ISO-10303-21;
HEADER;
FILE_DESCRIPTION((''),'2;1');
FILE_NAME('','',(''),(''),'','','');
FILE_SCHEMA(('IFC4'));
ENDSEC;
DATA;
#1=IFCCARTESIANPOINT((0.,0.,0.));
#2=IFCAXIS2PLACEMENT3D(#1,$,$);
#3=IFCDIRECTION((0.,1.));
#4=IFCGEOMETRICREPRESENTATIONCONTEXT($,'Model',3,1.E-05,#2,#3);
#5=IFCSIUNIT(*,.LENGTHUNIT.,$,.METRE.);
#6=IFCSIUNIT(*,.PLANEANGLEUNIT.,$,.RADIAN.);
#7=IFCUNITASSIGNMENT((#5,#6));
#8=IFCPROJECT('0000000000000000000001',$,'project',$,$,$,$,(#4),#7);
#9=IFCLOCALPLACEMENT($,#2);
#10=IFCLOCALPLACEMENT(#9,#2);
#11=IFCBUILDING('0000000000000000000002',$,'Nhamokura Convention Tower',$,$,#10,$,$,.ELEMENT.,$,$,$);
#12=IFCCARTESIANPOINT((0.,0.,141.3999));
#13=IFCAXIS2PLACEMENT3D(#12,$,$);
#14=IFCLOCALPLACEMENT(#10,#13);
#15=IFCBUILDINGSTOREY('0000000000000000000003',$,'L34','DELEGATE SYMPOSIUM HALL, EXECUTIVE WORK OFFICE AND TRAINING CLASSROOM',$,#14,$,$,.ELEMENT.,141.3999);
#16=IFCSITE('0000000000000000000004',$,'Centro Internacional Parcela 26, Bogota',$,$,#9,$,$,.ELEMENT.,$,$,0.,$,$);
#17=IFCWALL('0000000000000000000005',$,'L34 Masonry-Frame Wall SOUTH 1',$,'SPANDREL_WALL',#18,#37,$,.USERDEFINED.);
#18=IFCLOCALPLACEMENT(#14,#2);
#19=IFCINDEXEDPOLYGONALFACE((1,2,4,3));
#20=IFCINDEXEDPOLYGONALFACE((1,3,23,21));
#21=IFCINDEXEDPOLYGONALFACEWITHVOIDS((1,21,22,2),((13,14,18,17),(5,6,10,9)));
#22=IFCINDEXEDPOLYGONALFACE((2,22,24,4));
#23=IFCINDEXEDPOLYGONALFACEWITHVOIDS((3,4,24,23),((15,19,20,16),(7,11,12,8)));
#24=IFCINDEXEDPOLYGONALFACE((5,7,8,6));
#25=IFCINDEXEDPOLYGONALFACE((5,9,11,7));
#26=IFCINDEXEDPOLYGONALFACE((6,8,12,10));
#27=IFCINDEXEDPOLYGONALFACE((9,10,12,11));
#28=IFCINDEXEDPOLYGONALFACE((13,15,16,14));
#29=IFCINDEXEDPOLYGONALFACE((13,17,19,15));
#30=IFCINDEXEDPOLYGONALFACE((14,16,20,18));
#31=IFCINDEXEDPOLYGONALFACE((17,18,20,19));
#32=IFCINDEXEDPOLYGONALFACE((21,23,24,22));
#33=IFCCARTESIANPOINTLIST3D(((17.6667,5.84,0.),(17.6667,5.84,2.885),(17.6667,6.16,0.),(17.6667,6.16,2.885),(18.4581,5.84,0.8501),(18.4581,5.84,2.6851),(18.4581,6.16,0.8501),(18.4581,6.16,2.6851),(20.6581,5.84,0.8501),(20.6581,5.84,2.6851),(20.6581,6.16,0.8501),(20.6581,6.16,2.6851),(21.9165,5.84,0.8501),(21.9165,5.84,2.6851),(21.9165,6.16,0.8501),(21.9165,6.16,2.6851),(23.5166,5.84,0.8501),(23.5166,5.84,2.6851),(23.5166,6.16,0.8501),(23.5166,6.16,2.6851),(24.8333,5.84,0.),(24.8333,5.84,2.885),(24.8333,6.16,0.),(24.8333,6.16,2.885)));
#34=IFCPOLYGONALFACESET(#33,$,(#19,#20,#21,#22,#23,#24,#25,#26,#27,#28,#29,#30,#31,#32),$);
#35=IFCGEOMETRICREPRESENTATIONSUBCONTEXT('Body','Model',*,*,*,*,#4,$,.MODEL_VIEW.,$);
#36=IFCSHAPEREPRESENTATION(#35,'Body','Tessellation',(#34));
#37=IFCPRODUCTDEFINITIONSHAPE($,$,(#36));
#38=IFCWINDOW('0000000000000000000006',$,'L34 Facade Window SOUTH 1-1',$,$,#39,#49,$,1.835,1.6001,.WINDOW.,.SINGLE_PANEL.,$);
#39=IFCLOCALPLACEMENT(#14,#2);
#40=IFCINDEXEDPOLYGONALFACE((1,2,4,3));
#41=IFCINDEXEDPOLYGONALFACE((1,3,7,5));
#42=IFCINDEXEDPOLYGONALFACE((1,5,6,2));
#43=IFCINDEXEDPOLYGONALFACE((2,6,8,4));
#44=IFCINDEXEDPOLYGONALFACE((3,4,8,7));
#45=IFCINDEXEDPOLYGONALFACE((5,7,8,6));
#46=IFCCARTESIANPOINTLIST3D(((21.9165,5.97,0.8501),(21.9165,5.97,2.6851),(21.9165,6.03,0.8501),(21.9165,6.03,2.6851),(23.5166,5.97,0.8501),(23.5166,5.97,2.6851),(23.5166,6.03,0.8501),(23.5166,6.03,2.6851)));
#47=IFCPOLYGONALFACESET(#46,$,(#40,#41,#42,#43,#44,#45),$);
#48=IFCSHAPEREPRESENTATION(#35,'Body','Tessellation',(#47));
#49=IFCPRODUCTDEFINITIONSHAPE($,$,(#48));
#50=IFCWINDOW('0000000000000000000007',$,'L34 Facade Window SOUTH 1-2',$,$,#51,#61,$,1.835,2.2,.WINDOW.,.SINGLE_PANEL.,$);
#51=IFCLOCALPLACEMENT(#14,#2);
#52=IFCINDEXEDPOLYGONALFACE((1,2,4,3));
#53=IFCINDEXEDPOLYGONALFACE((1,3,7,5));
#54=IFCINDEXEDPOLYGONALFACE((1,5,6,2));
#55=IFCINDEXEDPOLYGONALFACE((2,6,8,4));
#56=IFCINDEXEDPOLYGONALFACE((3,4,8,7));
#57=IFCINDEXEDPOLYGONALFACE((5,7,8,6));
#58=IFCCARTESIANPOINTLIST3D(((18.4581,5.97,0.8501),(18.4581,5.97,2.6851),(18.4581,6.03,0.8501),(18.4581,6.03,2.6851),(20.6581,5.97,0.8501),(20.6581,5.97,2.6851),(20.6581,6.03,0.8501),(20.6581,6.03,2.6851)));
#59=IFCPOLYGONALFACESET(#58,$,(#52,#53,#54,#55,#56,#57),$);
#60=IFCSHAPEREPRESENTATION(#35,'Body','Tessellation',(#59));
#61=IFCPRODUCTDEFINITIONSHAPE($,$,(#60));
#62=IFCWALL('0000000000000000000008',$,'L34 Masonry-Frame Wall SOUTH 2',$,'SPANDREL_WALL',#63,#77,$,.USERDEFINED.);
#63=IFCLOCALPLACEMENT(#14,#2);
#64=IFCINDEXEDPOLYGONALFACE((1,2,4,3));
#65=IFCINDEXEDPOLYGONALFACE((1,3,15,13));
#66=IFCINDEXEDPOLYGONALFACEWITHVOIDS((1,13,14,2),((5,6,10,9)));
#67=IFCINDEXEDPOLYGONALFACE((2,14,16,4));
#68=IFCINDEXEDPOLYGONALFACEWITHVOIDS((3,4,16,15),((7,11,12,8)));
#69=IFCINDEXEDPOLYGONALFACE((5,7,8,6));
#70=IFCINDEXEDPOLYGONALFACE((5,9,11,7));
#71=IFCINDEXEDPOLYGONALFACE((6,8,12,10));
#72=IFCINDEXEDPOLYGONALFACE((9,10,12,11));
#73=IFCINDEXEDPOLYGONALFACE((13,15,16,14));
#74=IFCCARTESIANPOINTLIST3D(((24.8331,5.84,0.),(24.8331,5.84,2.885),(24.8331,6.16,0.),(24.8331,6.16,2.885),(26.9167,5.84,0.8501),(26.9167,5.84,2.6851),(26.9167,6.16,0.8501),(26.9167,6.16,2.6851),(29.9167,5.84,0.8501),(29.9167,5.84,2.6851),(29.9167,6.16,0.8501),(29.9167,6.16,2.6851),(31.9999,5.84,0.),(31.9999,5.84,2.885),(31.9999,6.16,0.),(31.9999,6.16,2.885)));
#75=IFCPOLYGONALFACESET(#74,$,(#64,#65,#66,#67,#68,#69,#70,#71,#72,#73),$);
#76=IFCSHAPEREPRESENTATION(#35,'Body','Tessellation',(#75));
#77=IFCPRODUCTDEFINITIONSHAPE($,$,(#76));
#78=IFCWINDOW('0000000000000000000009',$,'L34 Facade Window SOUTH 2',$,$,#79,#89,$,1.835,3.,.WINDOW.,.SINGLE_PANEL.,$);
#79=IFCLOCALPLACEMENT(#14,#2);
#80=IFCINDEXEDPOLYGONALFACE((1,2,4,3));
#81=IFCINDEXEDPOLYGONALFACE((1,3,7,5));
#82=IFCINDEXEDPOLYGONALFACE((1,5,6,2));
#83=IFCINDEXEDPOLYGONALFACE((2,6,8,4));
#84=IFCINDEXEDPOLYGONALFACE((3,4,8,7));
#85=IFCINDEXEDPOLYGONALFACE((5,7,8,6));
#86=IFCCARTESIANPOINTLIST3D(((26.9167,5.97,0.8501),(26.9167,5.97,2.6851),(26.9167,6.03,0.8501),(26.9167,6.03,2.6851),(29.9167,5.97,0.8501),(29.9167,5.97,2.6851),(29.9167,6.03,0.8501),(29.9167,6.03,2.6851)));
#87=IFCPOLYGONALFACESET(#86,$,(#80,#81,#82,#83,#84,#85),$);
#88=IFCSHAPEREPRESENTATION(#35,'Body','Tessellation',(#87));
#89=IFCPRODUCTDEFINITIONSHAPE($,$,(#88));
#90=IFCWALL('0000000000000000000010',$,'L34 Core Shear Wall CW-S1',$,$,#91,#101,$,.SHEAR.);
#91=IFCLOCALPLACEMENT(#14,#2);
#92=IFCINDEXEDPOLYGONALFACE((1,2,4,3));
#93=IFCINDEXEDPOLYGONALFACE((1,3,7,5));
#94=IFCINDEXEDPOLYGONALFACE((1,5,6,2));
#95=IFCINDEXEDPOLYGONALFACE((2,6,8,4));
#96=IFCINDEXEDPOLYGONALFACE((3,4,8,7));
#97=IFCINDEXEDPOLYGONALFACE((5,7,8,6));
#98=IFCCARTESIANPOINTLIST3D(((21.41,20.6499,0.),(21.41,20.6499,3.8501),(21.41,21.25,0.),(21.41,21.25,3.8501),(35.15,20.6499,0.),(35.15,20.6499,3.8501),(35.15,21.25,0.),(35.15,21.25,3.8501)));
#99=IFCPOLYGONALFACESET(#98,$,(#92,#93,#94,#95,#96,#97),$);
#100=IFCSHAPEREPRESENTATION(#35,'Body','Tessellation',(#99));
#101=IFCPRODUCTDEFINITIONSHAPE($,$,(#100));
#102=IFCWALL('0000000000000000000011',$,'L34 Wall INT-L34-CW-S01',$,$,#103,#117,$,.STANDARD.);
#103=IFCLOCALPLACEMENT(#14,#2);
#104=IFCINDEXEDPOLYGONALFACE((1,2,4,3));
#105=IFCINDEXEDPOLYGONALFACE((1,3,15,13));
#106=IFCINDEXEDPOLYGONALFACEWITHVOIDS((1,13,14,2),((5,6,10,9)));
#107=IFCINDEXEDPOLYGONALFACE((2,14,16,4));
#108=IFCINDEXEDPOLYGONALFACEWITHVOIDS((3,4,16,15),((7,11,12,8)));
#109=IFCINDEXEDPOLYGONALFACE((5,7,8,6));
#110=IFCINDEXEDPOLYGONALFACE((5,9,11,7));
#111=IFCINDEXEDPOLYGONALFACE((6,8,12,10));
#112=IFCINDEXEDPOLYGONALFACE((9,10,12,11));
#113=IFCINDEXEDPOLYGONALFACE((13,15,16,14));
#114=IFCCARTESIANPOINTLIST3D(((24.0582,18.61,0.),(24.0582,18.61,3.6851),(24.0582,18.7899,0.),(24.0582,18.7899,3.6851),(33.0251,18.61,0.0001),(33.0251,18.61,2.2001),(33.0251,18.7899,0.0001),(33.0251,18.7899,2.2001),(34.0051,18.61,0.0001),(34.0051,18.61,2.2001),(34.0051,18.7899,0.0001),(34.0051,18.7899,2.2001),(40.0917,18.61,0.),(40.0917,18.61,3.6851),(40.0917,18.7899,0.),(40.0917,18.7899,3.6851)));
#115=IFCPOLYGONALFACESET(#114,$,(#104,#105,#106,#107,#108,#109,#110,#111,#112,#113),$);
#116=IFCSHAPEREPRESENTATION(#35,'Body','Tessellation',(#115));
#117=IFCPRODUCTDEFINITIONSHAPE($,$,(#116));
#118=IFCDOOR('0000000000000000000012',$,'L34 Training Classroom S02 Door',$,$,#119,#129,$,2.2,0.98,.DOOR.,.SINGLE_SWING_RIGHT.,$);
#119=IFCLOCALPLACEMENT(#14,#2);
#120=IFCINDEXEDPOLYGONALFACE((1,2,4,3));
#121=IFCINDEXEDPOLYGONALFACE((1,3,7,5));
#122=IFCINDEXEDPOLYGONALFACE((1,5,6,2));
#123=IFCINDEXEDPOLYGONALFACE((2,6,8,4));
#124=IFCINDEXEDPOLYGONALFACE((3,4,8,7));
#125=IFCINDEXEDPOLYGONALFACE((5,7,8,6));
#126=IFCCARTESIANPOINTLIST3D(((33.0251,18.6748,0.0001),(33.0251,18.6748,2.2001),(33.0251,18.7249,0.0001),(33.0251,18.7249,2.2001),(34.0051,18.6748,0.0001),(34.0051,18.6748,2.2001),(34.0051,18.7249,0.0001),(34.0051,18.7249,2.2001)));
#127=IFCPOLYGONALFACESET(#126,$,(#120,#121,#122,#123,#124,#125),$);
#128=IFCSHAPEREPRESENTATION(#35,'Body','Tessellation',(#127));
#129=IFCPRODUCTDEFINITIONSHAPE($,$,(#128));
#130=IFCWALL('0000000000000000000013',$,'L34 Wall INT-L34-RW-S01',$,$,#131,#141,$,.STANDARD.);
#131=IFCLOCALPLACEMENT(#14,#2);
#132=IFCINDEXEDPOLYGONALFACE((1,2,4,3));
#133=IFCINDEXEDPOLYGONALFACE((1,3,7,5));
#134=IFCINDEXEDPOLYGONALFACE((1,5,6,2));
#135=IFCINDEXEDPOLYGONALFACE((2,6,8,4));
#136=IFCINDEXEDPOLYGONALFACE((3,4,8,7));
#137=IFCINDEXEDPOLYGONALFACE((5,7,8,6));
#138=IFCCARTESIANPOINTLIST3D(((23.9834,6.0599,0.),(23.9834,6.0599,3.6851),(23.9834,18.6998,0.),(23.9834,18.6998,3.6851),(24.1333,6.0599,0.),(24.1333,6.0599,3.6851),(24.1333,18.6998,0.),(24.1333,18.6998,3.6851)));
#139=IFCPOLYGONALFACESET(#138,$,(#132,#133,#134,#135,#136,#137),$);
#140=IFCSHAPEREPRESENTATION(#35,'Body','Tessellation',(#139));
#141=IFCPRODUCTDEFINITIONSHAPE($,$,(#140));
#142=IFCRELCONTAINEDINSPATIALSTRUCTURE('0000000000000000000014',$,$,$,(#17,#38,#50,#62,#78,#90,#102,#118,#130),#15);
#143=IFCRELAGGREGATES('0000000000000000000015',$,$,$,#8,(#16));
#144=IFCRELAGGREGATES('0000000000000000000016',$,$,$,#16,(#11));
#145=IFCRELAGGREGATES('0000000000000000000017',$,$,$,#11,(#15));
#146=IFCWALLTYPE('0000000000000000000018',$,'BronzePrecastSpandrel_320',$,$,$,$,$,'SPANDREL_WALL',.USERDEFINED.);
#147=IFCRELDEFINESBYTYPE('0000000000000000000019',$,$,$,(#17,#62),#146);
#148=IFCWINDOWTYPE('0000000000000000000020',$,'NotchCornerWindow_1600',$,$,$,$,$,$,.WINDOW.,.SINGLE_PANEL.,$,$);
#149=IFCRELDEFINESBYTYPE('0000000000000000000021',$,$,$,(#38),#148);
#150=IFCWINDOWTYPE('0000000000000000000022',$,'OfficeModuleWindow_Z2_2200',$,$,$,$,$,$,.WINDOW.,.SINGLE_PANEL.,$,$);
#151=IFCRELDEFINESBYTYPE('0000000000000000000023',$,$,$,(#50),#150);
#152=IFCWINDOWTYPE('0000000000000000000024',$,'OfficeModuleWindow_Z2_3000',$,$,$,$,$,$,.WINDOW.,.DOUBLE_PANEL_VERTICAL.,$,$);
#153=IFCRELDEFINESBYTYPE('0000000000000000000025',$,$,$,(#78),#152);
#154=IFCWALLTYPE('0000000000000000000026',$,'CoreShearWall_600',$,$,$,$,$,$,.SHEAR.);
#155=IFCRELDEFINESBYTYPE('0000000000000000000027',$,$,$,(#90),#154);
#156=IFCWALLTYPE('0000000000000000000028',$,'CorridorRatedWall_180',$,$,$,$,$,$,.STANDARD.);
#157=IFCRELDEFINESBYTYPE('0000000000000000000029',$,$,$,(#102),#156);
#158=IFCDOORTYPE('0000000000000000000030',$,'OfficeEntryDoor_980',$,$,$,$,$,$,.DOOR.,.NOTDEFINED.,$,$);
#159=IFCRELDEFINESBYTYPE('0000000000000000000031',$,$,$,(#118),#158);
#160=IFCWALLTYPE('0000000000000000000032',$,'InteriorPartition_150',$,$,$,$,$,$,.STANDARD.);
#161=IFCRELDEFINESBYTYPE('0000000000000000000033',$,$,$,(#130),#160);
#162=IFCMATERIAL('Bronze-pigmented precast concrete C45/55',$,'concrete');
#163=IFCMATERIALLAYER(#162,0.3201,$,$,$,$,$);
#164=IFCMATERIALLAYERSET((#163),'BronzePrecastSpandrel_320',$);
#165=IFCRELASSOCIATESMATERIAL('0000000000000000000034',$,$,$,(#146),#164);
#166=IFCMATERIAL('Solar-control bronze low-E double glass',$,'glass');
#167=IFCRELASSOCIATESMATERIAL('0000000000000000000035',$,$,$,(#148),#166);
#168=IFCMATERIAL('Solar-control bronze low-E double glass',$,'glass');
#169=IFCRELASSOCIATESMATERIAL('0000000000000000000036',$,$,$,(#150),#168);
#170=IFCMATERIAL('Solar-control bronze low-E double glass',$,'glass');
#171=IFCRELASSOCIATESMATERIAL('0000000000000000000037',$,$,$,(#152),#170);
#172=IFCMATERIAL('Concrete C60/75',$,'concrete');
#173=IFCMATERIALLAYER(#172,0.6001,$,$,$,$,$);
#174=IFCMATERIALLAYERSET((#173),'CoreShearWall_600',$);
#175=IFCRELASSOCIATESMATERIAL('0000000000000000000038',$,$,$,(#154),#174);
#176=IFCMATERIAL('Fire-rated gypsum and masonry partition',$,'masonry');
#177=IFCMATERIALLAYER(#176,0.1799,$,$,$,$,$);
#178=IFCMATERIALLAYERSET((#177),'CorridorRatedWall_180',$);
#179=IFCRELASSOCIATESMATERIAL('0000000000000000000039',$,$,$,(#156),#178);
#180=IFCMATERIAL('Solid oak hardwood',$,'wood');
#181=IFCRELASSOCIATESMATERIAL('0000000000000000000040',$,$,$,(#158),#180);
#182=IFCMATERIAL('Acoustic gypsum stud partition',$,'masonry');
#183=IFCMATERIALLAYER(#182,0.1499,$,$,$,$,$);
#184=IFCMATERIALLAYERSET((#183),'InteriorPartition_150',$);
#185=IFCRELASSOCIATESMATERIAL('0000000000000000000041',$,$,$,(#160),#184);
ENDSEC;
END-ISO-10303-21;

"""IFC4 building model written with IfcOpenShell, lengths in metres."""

from ifc_helpers import new_model, si_unit, direction, frame, frame_2d, origin, place, context, subcontext, project, spatial, rectangle, extrude, material, layer, layer_set, type_object, element, fill, save


model = new_model("IFC4")

# Units and contexts
model_context = context("Model", 3, precision=1e-05, world=origin(), true_north=direction((0.0, 1.0)))
body_context = subcontext(model_context, "Body", "Model", "MODEL_VIEW")
ifc_project = project(units=[si_unit("LENGTHUNIT", "METRE"), si_unit("PLANEANGLEUNIT", "RADIAN")], contexts=[model_context])

# Site, building, storey
site_placement = place(None, origin())
site = spatial("IfcSite", under=ifc_project, at=site_placement, Name="Centro Internacional Parcela 26, Bogota", CompositionType="ELEMENT", RefElevation=0.0)
building_placement = place(site_placement, origin())
building = spatial("IfcBuilding", under=site, at=building_placement, Name="Nhamokura Convention Tower", CompositionType="ELEMENT")
storey_placement = place(building_placement, frame((0.0, 0.0, 141.3999)))
storey = spatial("IfcBuildingStorey", under=building, at=storey_placement, Name="L34", Description="DELEGATE SYMPOSIUM HALL, EXECUTIVE WORK OFFICE AND TRAINING CLASSROOM", CompositionType="ELEMENT", Elevation=141.3999)

# Wall, openings, windows
ifc_material_1 = material(Name="Bronze-pigmented precast concrete C45/55", Category="concrete")
ifc_layer_1 = layer(ifc_material_1, 0.3201)
ifc_layer_set_1 = layer_set([ifc_layer_1], Name="BronzePrecastSpandrel_320")
wall_type_1 = type_object("IfcWallType", Name="BronzePrecastSpandrel_320", ElementType="SPANDREL_WALL", PredefinedType="USERDEFINED", material=ifc_layer_set_1)
wall_1_placement = place(storey_placement, frame((24.8333, 6.0, 0.0), z_axis=(0.0, 0.0, 1.0), x_axis=(-1.0, 0.0, 0.0)))
wall_1 = element("IfcWall", 1, at=wall_1_placement, inside=storey, type_object=wall_type_1, Name="L34 Masonry-Frame Wall SOUTH 1", ObjectType="SPANDREL_WALL", PredefinedType="USERDEFINED", context=body_context, shape_type="SweptSolid", body=[
    extrude(rectangle(XDim=7.1665, YDim=0.3201, at=frame_2d((3.5833, 0.0))), origin(), (0.0, 0.0, 1.0), 2.885),
])
opening_1_placement = place(wall_1_placement, frame((1.3167, 0.0, 0.8501)))
opening_1 = element("IfcOpeningElement", 2, at=opening_1_placement, cuts=wall_1, PredefinedType="OPENING", context=body_context, shape_type="SweptSolid", body=[
    extrude(rectangle(XDim=1.6001, YDim=1.835, at=frame_2d((0.8, 0.9175))), frame((0.0, 0.1699, 0.0), z_axis=(0.0, -1.0, 0.0), x_axis=(1.0, 0.0, 0.0)), (0.0, 0.0, 1.0), 0.3401),
])
opening_2_placement = place(wall_1_placement, frame((4.175, 0.0, 0.8501)))
opening_2 = element("IfcOpeningElement", 3, at=opening_2_placement, cuts=wall_1, PredefinedType="OPENING", context=body_context, shape_type="SweptSolid", body=[
    extrude(rectangle(XDim=2.2, YDim=1.835, at=frame_2d((1.1001, 0.9175))), frame((0.0, 0.1699, 0.0), z_axis=(0.0, -1.0, 0.0), x_axis=(1.0, 0.0, 0.0)), (0.0, 0.0, 1.0), 0.3401),
])
ifc_material_2 = material(Name="Solar-control bronze low-E double glass", Category="glass")
window_type_1 = type_object("IfcWindowType", Name="NotchCornerWindow_1600", PartitioningType="SINGLE_PANEL", PredefinedType="WINDOW", material=ifc_material_2)
window_1_placement = place(opening_1_placement, origin())
window_1 = element("IfcWindow", 4, at=window_1_placement, inside=storey, type_object=window_type_1, Name="L34 Facade Window SOUTH 1-1", OverallHeight=1.835, OverallWidth=1.6001, PartitioningType="SINGLE_PANEL", PredefinedType="WINDOW", context=body_context, shape_type="SweptSolid", body=[
    extrude(rectangle(XDim=1.6001, YDim=1.835, at=frame_2d((0.8, 0.9175))), frame((0.0, 0.03, 0.0), z_axis=(0.0, -1.0, 0.0), x_axis=(1.0, 0.0, 0.0)), (0.0, 0.0, 1.0), 0.0601),
])
fill(opening_1, window_1)
ifc_material_3 = material(Name="Solar-control bronze low-E double glass", Category="glass")
window_type_2 = type_object("IfcWindowType", Name="OfficeModuleWindow_Z2_2200", PartitioningType="SINGLE_PANEL", PredefinedType="WINDOW", material=ifc_material_3)
window_2_placement = place(opening_2_placement, origin())
window_2 = element("IfcWindow", 5, at=window_2_placement, inside=storey, type_object=window_type_2, Name="L34 Facade Window SOUTH 1-2", OverallHeight=1.835, OverallWidth=2.2, PartitioningType="SINGLE_PANEL", PredefinedType="WINDOW", context=body_context, shape_type="SweptSolid", body=[
    extrude(rectangle(XDim=2.2, YDim=1.835, at=frame_2d((1.1001, 0.9175))), frame((0.0, 0.03, 0.0), z_axis=(0.0, -1.0, 0.0), x_axis=(1.0, 0.0, 0.0)), (0.0, 0.0, 1.0), 0.0601),
])
fill(opening_2, window_2)

# Wall, opening, window
wall_2_placement = place(storey_placement, frame((32.0, 6.0, 0.0), z_axis=(0.0, 0.0, 1.0), x_axis=(-1.0, 0.0, 0.0)))
wall_2 = element("IfcWall", 6, at=wall_2_placement, inside=storey, type_object=wall_type_1, Name="L34 Masonry-Frame Wall SOUTH 2", ObjectType="SPANDREL_WALL", PredefinedType="USERDEFINED", context=body_context, shape_type="SweptSolid", body=[
    extrude(rectangle(XDim=7.1667, YDim=0.3201, at=frame_2d((3.5835, 0.0))), origin(), (0.0, 0.0, 1.0), 2.885),
])
opening_3_placement = place(wall_2_placement, frame((2.0833, 0.0, 0.8501)))
opening_3 = element("IfcOpeningElement", 7, at=opening_3_placement, cuts=wall_2, PredefinedType="OPENING", context=body_context, shape_type="SweptSolid", body=[
    extrude(rectangle(XDim=3.0, YDim=1.835, at=frame_2d((1.5, 0.9175))), frame((0.0, 0.1699, 0.0), z_axis=(0.0, -1.0, 0.0), x_axis=(1.0, 0.0, 0.0)), (0.0, 0.0, 1.0), 0.3401),
])
ifc_material_4 = material(Name="Solar-control bronze low-E double glass", Category="glass")
window_type_3 = type_object("IfcWindowType", Name="OfficeModuleWindow_Z2_3000", PartitioningType="DOUBLE_PANEL_VERTICAL", PredefinedType="WINDOW", material=ifc_material_4)
window_3_placement = place(opening_3_placement, origin())
window_3 = element("IfcWindow", 8, at=window_3_placement, inside=storey, type_object=window_type_3, Name="L34 Facade Window SOUTH 2", OverallHeight=1.835, OverallWidth=3.0, PartitioningType="SINGLE_PANEL", PredefinedType="WINDOW", context=body_context, shape_type="SweptSolid", body=[
    extrude(rectangle(XDim=3.0, YDim=1.835, at=frame_2d((1.5, 0.9175))), frame((0.0, 0.03, 0.0), z_axis=(0.0, -1.0, 0.0), x_axis=(1.0, 0.0, 0.0)), (0.0, 0.0, 1.0), 0.0601),
])
fill(opening_3, window_3)

# Shared definitions
ifc_material_5 = material(Name="Concrete C60/75", Category="concrete")
ifc_layer_2 = layer(ifc_material_5, 0.6001)
ifc_layer_set_2 = layer_set([ifc_layer_2], Name="CoreShearWall_600")
wall_type_2 = type_object("IfcWallType", Name="CoreShearWall_600", PredefinedType="SHEAR", material=ifc_layer_set_2)

# Wall
wall_3_placement = place(storey_placement, frame((21.4099, 20.95, 0.0), z_axis=(0.0, 0.0, 1.0), x_axis=(1.0, 0.0, 0.0)))
element("IfcWall", 9, at=wall_3_placement, inside=storey, type_object=wall_type_2, Name="L34 Core Shear Wall CW-S1", PredefinedType="SHEAR", context=body_context, shape_type="SweptSolid", body=[
    extrude(rectangle(XDim=13.74, YDim=0.6001, at=frame_2d((6.8701, 0.0))), origin(), (0.0, 0.0, 1.0), 3.8501),
])

# Wall, opening, door
ifc_material_6 = material(Name="Fire-rated gypsum and masonry partition", Category="masonry")
ifc_layer_3 = layer(ifc_material_6, 0.1799)
ifc_layer_set_3 = layer_set([ifc_layer_3], Name="CorridorRatedWall_180")
wall_type_3 = type_object("IfcWallType", Name="CorridorRatedWall_180", PredefinedType="STANDARD", material=ifc_layer_set_3)
wall_4_placement = place(storey_placement, frame((24.0583, 18.7, 0.0), z_axis=(0.0, 0.0, 1.0), x_axis=(1.0, 0.0, 0.0)))
wall_4 = element("IfcWall", 10, at=wall_4_placement, inside=storey, type_object=wall_type_3, Name="L34 Wall INT-L34-CW-S01", PredefinedType="STANDARD", context=body_context, shape_type="SweptSolid", body=[
    extrude(rectangle(XDim=16.0334, YDim=0.1799, at=frame_2d((8.0166, 0.0))), origin(), (0.0, 0.0, 1.0), 3.6851),
])
opening_4_placement = place(wall_4_placement, frame((8.9668, 0.0, 0.0)))
opening_4 = element("IfcOpeningElement", 11, at=opening_4_placement, cuts=wall_4, PredefinedType="OPENING", context=body_context, shape_type="SweptSolid", body=[
    extrude(rectangle(XDim=0.98, YDim=2.2, at=frame_2d((0.49, 1.1001))), frame((0.0, 0.0999, 0.0), z_axis=(0.0, -1.0, 0.0), x_axis=(1.0, 0.0, 0.0)), (0.0, 0.0, 1.0), 0.2),
])
ifc_material_7 = material(Name="Solid oak hardwood", Category="wood")
door_type_1 = type_object("IfcDoorType", Name="OfficeEntryDoor_980", OperationType="NOTDEFINED", PredefinedType="DOOR", material=ifc_material_7)
door_1_placement = place(opening_4_placement, origin())
door_1 = element("IfcDoor", 12, at=door_1_placement, inside=storey, type_object=door_type_1, Name="L34 Training Classroom S02 Door", OperationType="SINGLE_SWING_RIGHT", OverallHeight=2.2, OverallWidth=0.98, PredefinedType="DOOR", context=body_context, shape_type="SweptSolid", body=[
    extrude(rectangle(XDim=0.98, YDim=2.2, at=frame_2d((0.49, 1.1001))), frame((0.0, 0.0249, 0.0), z_axis=(0.0, -1.0, 0.0), x_axis=(1.0, 0.0, 0.0)), (0.0, 0.0, 1.0), 0.05),
])
fill(opening_4, door_1)

# Wall
ifc_material_8 = material(Name="Acoustic gypsum stud partition", Category="masonry")
ifc_layer_4 = layer(ifc_material_8, 0.1499)
ifc_layer_set_4 = layer_set([ifc_layer_4], Name="InteriorPartition_150")
wall_type_4 = type_object("IfcWallType", Name="InteriorPartition_150", PredefinedType="STANDARD", material=ifc_layer_set_4)
wall_5_placement = place(storey_placement, frame((24.0583, 6.0601, 0.0), z_axis=(0.0, 0.0, 1.0), x_axis=(0.0, 1.0, 0.0)))
element("IfcWall", 13, at=wall_5_placement, inside=storey, type_object=wall_type_4, Name="L34 Wall INT-L34-RW-S01", PredefinedType="STANDARD", context=body_context, shape_type="SweptSolid", body=[
    extrude(rectangle(XDim=12.6399, YDim=0.1499, at=frame_2d((6.3198, 0.0))), origin(), (0.0, 0.0, 1.0), 3.6851),
])

save(model, "model.ifc")
